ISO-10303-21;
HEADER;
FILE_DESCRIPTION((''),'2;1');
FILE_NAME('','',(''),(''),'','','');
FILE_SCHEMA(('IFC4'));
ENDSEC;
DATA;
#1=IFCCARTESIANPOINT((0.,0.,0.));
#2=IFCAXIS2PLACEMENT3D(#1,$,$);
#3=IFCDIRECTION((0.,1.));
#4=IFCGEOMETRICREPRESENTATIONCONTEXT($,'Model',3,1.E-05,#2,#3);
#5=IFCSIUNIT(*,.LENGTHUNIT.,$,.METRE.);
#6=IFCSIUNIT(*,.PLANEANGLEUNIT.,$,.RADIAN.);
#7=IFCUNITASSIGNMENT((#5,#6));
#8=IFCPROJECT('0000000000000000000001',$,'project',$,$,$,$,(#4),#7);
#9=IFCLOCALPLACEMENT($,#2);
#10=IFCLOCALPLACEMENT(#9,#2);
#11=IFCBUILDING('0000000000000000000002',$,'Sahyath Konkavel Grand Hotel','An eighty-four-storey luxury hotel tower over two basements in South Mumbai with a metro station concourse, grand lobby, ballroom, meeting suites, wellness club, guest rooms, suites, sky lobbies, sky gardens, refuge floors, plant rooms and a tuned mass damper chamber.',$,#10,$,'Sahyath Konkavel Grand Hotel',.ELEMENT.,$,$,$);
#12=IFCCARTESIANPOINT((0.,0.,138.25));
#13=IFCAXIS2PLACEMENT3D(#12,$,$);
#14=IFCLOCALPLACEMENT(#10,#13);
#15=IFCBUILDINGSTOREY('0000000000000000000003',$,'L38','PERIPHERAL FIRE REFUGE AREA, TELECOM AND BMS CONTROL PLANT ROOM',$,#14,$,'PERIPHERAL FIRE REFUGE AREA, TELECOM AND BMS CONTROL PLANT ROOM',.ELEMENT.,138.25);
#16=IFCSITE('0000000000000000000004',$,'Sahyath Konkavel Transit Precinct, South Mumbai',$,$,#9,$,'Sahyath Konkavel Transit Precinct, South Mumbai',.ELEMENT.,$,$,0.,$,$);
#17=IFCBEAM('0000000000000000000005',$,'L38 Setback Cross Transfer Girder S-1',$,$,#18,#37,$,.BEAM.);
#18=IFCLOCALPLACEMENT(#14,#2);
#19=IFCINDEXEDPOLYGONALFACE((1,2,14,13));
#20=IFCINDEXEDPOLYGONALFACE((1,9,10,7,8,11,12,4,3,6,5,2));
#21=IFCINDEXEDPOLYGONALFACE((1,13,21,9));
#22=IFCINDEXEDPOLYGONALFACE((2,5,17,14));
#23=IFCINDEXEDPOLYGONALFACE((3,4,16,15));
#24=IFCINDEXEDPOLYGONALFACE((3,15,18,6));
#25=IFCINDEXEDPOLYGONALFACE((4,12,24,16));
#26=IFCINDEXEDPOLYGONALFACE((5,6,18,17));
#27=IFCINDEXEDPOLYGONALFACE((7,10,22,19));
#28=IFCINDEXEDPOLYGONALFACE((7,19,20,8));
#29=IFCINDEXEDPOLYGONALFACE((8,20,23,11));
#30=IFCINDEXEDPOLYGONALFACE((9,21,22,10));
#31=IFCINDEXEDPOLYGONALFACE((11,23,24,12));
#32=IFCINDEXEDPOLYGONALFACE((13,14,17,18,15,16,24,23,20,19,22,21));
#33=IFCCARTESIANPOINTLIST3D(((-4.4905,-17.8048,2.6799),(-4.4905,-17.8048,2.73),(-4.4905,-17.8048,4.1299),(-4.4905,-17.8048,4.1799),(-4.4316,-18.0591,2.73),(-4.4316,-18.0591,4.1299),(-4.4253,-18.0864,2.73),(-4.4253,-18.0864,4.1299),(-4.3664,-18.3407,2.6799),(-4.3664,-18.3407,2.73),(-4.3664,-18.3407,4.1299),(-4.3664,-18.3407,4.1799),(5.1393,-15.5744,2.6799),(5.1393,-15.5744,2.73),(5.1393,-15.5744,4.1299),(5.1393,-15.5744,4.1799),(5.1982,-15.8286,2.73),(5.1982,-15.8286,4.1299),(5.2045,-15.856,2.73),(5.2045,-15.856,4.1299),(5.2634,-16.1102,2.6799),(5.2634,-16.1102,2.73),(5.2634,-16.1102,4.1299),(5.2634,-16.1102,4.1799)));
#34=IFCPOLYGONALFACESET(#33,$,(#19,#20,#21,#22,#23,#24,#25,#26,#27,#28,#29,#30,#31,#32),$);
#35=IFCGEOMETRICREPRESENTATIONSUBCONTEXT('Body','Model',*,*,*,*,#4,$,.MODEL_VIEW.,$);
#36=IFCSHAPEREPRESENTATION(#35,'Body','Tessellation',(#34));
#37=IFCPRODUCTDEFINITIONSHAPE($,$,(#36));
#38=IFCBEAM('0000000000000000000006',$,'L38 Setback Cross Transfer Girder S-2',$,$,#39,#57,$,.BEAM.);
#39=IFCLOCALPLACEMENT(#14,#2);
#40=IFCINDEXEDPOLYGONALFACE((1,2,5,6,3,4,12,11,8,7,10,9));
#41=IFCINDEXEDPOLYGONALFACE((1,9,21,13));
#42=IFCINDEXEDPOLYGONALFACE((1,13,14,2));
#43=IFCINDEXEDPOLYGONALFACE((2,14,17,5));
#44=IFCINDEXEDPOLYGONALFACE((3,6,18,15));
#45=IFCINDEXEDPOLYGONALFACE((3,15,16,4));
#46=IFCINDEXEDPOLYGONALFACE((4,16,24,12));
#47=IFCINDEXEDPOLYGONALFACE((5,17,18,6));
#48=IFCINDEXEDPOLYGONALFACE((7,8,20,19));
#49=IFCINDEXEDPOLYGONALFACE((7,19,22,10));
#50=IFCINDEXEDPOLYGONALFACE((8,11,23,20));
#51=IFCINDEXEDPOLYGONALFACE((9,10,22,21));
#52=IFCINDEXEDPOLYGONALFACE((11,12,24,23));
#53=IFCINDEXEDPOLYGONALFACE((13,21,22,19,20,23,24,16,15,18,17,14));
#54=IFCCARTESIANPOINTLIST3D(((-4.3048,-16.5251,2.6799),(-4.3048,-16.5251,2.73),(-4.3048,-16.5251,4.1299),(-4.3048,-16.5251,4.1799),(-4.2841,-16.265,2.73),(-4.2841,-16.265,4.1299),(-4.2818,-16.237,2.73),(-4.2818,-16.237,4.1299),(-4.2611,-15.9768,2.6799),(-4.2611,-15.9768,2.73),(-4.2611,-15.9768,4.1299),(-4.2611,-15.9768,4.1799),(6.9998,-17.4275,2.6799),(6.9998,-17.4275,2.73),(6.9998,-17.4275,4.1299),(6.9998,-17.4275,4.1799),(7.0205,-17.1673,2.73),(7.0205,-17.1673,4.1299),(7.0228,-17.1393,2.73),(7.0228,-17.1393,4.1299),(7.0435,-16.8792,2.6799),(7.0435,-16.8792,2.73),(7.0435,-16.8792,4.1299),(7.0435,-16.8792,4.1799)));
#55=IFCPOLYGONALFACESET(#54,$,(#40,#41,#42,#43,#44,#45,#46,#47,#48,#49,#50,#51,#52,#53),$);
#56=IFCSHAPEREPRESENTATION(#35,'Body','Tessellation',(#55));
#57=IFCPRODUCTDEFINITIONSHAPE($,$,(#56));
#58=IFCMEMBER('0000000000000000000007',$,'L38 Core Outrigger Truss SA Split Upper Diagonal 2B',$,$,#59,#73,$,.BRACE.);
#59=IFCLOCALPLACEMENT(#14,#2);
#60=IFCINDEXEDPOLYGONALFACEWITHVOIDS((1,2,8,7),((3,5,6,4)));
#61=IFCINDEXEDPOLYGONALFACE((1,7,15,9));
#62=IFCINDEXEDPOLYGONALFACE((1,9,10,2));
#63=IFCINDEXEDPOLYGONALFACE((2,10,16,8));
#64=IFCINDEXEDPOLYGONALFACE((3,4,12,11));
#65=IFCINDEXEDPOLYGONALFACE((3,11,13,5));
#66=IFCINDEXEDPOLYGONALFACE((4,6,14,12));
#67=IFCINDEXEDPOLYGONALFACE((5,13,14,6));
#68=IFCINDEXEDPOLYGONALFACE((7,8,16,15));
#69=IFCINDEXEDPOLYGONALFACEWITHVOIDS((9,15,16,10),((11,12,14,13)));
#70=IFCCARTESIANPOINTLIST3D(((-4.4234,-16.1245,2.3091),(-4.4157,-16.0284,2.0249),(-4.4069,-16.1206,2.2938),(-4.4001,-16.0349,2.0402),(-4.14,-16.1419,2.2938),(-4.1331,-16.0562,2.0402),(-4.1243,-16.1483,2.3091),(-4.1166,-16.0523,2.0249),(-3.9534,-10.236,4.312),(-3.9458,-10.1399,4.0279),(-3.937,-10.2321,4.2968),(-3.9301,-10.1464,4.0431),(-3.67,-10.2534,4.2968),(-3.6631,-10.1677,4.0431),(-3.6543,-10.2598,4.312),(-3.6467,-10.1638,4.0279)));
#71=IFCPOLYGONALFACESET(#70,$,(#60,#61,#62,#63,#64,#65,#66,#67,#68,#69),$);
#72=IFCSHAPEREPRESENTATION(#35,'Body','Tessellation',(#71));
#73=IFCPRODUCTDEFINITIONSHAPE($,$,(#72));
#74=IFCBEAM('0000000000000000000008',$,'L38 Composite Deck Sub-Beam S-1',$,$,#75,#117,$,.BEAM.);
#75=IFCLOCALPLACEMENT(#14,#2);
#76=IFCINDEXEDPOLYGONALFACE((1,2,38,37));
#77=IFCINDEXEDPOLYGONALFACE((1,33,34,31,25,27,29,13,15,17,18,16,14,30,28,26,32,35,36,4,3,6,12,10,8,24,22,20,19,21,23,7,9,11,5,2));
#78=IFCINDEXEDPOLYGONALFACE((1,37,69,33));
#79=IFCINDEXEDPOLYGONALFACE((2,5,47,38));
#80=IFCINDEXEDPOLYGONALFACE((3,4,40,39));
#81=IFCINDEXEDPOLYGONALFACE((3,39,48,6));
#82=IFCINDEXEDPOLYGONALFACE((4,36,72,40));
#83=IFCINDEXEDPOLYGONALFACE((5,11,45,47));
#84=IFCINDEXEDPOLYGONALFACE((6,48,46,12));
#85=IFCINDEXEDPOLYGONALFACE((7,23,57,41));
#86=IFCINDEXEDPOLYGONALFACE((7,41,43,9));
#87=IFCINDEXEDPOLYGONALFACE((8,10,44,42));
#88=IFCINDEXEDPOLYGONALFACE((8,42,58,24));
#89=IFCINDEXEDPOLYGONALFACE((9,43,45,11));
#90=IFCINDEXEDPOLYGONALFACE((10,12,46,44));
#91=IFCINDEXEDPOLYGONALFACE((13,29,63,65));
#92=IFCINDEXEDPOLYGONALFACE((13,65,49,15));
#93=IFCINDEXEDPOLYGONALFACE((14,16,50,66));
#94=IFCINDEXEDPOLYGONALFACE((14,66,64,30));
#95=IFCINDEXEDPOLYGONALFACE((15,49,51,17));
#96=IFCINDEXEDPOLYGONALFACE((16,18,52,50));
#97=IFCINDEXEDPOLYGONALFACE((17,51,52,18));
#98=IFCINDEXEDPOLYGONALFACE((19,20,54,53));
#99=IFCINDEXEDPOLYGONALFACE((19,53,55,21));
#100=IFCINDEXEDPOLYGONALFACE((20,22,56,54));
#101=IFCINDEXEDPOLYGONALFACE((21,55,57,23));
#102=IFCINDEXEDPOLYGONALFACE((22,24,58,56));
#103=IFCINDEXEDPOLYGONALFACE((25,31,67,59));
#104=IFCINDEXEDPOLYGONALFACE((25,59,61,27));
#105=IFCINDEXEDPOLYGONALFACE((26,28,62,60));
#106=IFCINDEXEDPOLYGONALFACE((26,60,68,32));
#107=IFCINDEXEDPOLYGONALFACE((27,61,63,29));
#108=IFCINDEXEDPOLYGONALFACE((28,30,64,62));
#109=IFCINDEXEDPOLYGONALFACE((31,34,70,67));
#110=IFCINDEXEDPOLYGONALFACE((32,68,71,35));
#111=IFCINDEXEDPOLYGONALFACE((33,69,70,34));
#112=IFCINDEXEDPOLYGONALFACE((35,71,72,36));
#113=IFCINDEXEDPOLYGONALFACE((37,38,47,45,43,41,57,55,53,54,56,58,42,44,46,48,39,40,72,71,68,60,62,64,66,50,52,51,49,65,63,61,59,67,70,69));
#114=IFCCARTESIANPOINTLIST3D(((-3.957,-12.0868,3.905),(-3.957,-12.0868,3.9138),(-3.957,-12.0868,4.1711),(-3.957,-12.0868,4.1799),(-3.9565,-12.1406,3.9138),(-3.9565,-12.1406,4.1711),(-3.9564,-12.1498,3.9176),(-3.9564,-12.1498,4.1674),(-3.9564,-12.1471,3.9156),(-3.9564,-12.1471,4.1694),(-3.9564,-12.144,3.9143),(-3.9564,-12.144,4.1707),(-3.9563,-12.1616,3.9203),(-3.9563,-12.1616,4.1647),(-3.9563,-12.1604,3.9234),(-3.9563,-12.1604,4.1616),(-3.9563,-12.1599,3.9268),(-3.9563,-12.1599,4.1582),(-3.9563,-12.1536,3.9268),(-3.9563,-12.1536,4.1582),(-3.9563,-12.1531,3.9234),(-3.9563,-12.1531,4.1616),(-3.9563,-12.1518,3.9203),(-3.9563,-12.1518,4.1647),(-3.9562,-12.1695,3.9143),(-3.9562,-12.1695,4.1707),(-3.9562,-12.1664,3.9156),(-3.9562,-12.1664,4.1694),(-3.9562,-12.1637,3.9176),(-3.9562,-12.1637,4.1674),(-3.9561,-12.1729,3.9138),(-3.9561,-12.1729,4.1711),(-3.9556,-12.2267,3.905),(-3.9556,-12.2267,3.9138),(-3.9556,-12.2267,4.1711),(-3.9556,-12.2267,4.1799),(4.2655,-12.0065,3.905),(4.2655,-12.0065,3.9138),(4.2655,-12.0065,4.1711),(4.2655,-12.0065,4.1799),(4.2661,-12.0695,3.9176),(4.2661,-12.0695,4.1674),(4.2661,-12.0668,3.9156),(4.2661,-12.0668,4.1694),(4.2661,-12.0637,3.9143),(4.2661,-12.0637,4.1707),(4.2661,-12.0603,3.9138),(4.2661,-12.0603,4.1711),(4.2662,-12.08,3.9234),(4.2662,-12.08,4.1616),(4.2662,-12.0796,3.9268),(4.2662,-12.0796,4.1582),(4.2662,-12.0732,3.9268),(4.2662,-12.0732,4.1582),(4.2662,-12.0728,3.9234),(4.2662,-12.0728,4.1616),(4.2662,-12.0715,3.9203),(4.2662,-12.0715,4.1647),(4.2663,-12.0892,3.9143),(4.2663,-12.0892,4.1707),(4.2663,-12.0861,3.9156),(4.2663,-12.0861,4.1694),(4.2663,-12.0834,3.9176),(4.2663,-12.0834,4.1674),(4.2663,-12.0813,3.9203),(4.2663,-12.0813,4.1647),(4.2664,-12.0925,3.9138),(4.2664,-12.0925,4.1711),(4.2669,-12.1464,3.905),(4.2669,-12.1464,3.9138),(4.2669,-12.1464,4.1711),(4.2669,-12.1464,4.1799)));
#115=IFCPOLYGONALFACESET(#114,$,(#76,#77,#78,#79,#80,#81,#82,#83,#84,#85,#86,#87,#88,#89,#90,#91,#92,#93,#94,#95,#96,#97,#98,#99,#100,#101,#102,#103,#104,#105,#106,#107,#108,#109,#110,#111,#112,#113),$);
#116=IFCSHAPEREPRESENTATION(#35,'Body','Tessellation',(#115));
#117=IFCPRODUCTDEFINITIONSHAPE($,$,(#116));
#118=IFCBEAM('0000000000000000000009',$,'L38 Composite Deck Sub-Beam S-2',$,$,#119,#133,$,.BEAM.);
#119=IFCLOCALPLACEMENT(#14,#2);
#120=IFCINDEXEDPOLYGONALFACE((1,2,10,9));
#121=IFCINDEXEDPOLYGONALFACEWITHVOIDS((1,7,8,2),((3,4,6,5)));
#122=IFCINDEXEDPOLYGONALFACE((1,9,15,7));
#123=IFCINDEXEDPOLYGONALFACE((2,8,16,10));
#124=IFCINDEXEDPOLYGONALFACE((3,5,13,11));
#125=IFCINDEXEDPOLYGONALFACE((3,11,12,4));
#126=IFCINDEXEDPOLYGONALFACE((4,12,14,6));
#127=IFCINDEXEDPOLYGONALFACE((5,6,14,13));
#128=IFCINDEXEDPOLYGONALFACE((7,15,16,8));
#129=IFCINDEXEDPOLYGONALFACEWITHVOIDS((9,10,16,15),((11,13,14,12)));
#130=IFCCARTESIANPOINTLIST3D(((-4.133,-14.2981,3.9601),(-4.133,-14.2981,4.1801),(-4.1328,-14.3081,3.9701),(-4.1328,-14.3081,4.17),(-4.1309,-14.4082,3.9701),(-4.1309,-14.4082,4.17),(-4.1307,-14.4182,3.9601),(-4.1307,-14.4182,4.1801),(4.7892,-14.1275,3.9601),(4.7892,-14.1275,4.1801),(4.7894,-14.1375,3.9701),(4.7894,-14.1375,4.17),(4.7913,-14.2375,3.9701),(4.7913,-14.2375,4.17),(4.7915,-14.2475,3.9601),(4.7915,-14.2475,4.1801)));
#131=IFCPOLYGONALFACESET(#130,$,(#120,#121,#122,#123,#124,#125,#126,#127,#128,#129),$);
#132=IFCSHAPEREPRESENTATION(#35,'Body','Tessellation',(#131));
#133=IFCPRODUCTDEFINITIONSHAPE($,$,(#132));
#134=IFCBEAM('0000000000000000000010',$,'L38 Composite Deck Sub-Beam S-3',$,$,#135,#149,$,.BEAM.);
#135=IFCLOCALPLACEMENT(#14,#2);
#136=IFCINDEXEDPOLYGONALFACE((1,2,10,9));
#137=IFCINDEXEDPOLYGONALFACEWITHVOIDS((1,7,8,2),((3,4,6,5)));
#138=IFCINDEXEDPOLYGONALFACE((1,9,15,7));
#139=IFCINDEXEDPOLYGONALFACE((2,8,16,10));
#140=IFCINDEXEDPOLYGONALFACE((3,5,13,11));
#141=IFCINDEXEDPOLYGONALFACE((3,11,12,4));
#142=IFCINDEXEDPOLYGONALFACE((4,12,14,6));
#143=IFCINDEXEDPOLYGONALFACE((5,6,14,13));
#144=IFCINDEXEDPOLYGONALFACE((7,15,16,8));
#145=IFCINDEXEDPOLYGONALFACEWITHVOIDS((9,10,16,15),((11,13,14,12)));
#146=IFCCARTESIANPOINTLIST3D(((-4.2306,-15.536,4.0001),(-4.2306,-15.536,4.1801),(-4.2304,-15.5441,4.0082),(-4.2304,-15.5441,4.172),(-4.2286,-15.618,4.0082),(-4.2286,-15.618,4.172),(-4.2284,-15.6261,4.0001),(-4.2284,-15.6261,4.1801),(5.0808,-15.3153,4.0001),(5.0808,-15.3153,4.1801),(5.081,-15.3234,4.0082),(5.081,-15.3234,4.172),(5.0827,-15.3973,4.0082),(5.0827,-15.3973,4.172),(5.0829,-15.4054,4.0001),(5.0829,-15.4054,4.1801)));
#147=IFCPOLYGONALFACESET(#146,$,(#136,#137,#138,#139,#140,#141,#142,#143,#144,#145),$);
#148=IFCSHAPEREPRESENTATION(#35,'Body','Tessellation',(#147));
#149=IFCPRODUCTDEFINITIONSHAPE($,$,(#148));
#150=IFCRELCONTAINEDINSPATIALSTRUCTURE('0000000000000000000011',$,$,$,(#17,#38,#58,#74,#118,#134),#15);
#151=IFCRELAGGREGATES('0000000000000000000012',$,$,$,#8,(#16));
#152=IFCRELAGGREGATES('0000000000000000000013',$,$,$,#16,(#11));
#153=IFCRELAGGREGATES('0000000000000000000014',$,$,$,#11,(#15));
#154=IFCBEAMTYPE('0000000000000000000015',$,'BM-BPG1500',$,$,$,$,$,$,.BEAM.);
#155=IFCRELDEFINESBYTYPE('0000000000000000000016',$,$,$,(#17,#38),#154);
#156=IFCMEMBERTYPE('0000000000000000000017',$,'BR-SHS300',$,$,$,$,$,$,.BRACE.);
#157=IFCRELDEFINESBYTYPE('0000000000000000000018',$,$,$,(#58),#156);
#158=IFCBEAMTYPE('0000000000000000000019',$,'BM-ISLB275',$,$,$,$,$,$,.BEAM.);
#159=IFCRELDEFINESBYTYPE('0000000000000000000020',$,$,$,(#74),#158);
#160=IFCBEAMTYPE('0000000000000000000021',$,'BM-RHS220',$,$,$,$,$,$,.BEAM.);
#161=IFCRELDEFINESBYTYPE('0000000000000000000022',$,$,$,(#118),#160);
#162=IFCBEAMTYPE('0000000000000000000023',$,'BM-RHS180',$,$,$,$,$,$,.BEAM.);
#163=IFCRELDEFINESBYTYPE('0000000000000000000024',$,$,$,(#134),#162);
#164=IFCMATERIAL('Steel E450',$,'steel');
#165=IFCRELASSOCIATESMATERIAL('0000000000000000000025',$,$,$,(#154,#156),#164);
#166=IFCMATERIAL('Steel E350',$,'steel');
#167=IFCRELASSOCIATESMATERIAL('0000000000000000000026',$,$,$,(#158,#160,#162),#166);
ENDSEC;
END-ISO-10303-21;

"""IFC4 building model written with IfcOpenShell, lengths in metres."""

from ifc_helpers import new_model, si_unit, direction, frame, origin, origin_2d, place, context, subcontext, project, spatial, hollow_rectangle, i_section, extrude, source, transform, mapped, material, material_profile, profile_set, type_object, element, save


model = new_model("IFC4")

# Units and contexts
model_context = context("Model", 3, precision=1e-05, world=origin(), true_north=direction((0.0, 1.0)))
body_context = subcontext(model_context, "Body", "Model", "MODEL_VIEW")
ifc_project = project(units=[si_unit("LENGTHUNIT", "METRE"), si_unit("PLANEANGLEUNIT", "RADIAN")], contexts=[model_context])

# Site, building, storey
site_placement = place(None, origin())
site = spatial("IfcSite", under=ifc_project, at=site_placement, Name="Sahyath Konkavel Transit Precinct, South Mumbai", LongName="Sahyath Konkavel Transit Precinct, South Mumbai", CompositionType="ELEMENT", RefElevation=0.0)
building_placement = place(site_placement, origin())
building = spatial("IfcBuilding", under=site, at=building_placement, Name="Sahyath Konkavel Grand Hotel", Description="An eighty-four-storey luxury hotel tower over two basements in South Mumbai with a metro station concourse, grand lobby, ballroom, meeting suites, wellness club, guest rooms, suites, sky lobbies, sky gardens, refuge floors, plant rooms and a tuned mass damper chamber.", LongName="Sahyath Konkavel Grand Hotel", CompositionType="ELEMENT")
storey_placement = place(building_placement, frame((0.0, 0.0, 138.25)))
storey = spatial("IfcBuildingStorey", under=building, at=storey_placement, Name="L38", Description="PERIPHERAL FIRE REFUGE AREA, TELECOM AND BMS CONTROL PLANT ROOM", LongName="PERIPHERAL FIRE REFUGE AREA, TELECOM AND BMS CONTROL PLANT ROOM", CompositionType="ELEMENT", Elevation=138.25)

# Beams
ifc_material_1 = material(Name="Steel E350", Category="steel")
ifc_material_2 = material(Name="Steel E450", Category="steel")
ifc_material_profile_1 = material_profile(ifc_material_2, i_section(OverallWidth=0.55, OverallDepth=1.5, WebThickness=0.0281, FlangeThickness=0.05, at=origin_2d()), Name="BPG 1500x550")
ifc_profile_set_1 = profile_set([ifc_material_profile_1], Name="Steel E450")
beam_type_1 = type_object("IfcBeamType", Name="BM-BPG1500", PredefinedType="BEAM", material=ifc_profile_set_1)
shared_shape_1 = source(origin(), body_context, "Body", "SweptSolid", [
    extrude(i_section(OverallWidth=0.55, OverallDepth=1.5, WebThickness=0.0281, FlangeThickness=0.05, at=origin_2d()), origin(), (0.0, 0.0, 1.0), 9.8848),
])
beam_1_placement = place(storey_placement, frame((-4.4285, -18.0728, 3.4299), z_axis=(0.974209, 0.225646, 0.0), x_axis=(-0.225646, 0.974209, 0.0)))
element("IfcBeam", 1, at=beam_1_placement, inside=storey, type_object=beam_type_1, Name="L38 Setback Cross Transfer Girder S-1", PredefinedType="BEAM", context=body_context, shape_type="MappedRepresentation", body=[
    mapped(shared_shape_1, transform((0.0, 0.0, 0.0), scale=1.0)),
])
shared_shape_2 = source(origin(), body_context, "Body", "SweptSolid", [
    extrude(i_section(OverallWidth=0.55, OverallDepth=1.5, WebThickness=0.0281, FlangeThickness=0.05, at=origin_2d()), origin(), (0.0, 0.0, 1.0), 11.3406),
])
beam_2_placement = place(storey_placement, frame((-4.283, -16.251, 3.4299), z_axis=(0.99683, -0.079567, 0.0), x_axis=(0.079567, 0.99683, 0.0)))
element("IfcBeam", 2, at=beam_2_placement, inside=storey, type_object=beam_type_1, Name="L38 Setback Cross Transfer Girder S-2", PredefinedType="BEAM", context=body_context, shape_type="MappedRepresentation", body=[
    mapped(shared_shape_2, transform((0.0, 0.0, 0.0), scale=1.0)),
])

# Member
ifc_material_profile_2 = material_profile(ifc_material_2, hollow_rectangle(XDim=0.3, YDim=0.3, WallThickness=0.0161, at=origin_2d()), Name="SHS 300x300x16")
ifc_profile_set_2 = profile_set([ifc_material_profile_2], Name="Steel E450")
member_type_1 = type_object("IfcMemberType", Name="BR-SHS300", PredefinedType="BRACE", material=ifc_profile_set_2)
shared_shape_3 = source(origin(), body_context, "Body", "SweptSolid", [
    extrude(hollow_rectangle(XDim=0.3, YDim=0.3, WallThickness=0.0161, at=origin_2d()), origin(), (0.0, 0.0, 1.0), 6.2375),
])
member_1_placement = place(storey_placement, frame((-4.27, -16.0884, 2.167), z_axis=(0.075346, 0.944039, 0.321112), x_axis=(-0.99683, 0.07956, 0.0)))
element("IfcMember", 3, at=member_1_placement, inside=storey, type_object=member_type_1, Name="L38 Core Outrigger Truss SA Split Upper Diagonal 2B", PredefinedType="BRACE", context=body_context, shape_type="MappedRepresentation", body=[
    mapped(shared_shape_3, transform((0.0, 0.0, 0.0), scale=1.0)),
])

# Beams
ifc_material_profile_3 = material_profile(ifc_material_1, i_section(OverallWidth=0.1399, OverallDepth=0.2749, WebThickness=0.0063, FlangeThickness=0.0088, FilletRadius=0.0129, at=origin_2d()), Name="ISLB 275")
ifc_profile_set_3 = profile_set([ifc_material_profile_3], Name="Steel E350")
beam_type_2 = type_object("IfcBeamType", Name="BM-ISLB275", PredefinedType="BEAM", material=ifc_profile_set_3)
shared_shape_4 = source(origin(), body_context, "Body", "SweptSolid", [
    extrude(i_section(OverallWidth=0.1399, OverallDepth=0.2749, WebThickness=0.0063, FlangeThickness=0.0088, FilletRadius=0.0129, at=origin_2d()), origin(), (0.0, 0.0, 1.0), 8.2229),
])
beam_3_placement = place(storey_placement, frame((-3.9563, -12.1567, 4.0425), z_axis=(0.999952, 0.009768, 0.0), x_axis=(-0.009768, 0.999952, 0.0)))
element("IfcBeam", 4, at=beam_3_placement, inside=storey, type_object=beam_type_2, Name="L38 Composite Deck Sub-Beam S-1", PredefinedType="BEAM", context=body_context, shape_type="MappedRepresentation", body=[
    mapped(shared_shape_4, transform((0.0, 0.0, 0.0), scale=1.0)),
])
ifc_material_profile_4 = material_profile(ifc_material_1, hollow_rectangle(XDim=0.1201, YDim=0.22, WallThickness=0.01, at=origin_2d()), Name="RHS 220x120x10")
ifc_profile_set_4 = profile_set([ifc_material_profile_4], Name="Steel E350")
beam_type_3 = type_object("IfcBeamType", Name="BM-RHS220", PredefinedType="BEAM", material=ifc_profile_set_4)
shared_shape_5 = source(origin(), body_context, "Body", "SweptSolid", [
    extrude(hollow_rectangle(XDim=0.1201, YDim=0.22, WallThickness=0.01, at=origin_2d()), origin(), (0.0, 0.0, 1.0), 8.9238),
])
beam_4_placement = place(storey_placement, frame((-4.1318, -14.3582, 4.0701), z_axis=(0.999817, 0.019124, 0.0), x_axis=(-0.019124, 0.999817, 0.0)))
element("IfcBeam", 5, at=beam_4_placement, inside=storey, type_object=beam_type_3, Name="L38 Composite Deck Sub-Beam S-2", PredefinedType="BEAM", context=body_context, shape_type="MappedRepresentation", body=[
    mapped(shared_shape_5, transform((0.0, 0.0, 0.0), scale=1.0)),
])
ifc_material_profile_5 = material_profile(ifc_material_1, hollow_rectangle(XDim=0.0901, YDim=0.1799, WallThickness=0.0081, at=origin_2d()), Name="RHS 180x90x8")
ifc_profile_set_5 = profile_set([ifc_material_profile_5], Name="Steel E350")
beam_type_4 = type_object("IfcBeamType", Name="BM-RHS180", PredefinedType="BEAM", material=ifc_profile_set_5)
shared_shape_6 = source(origin(), body_context, "Body", "SweptSolid", [
    extrude(hollow_rectangle(XDim=0.0901, YDim=0.1799, WallThickness=0.0081, at=origin_2d()), origin(), (0.0, 0.0, 1.0), 9.314),
])
beam_5_placement = place(storey_placement, frame((-4.2295, -15.5811, 4.0901), z_axis=(0.999719, 0.023696, 0.0), x_axis=(-0.023696, 0.999719, 0.0)))
element("IfcBeam", 6, at=beam_5_placement, inside=storey, type_object=beam_type_4, Name="L38 Composite Deck Sub-Beam S-3", PredefinedType="BEAM", context=body_context, shape_type="MappedRepresentation", body=[
    mapped(shared_shape_6, transform((0.0, 0.0, 0.0), scale=1.0)),
])

save(model, "model.ifc")
